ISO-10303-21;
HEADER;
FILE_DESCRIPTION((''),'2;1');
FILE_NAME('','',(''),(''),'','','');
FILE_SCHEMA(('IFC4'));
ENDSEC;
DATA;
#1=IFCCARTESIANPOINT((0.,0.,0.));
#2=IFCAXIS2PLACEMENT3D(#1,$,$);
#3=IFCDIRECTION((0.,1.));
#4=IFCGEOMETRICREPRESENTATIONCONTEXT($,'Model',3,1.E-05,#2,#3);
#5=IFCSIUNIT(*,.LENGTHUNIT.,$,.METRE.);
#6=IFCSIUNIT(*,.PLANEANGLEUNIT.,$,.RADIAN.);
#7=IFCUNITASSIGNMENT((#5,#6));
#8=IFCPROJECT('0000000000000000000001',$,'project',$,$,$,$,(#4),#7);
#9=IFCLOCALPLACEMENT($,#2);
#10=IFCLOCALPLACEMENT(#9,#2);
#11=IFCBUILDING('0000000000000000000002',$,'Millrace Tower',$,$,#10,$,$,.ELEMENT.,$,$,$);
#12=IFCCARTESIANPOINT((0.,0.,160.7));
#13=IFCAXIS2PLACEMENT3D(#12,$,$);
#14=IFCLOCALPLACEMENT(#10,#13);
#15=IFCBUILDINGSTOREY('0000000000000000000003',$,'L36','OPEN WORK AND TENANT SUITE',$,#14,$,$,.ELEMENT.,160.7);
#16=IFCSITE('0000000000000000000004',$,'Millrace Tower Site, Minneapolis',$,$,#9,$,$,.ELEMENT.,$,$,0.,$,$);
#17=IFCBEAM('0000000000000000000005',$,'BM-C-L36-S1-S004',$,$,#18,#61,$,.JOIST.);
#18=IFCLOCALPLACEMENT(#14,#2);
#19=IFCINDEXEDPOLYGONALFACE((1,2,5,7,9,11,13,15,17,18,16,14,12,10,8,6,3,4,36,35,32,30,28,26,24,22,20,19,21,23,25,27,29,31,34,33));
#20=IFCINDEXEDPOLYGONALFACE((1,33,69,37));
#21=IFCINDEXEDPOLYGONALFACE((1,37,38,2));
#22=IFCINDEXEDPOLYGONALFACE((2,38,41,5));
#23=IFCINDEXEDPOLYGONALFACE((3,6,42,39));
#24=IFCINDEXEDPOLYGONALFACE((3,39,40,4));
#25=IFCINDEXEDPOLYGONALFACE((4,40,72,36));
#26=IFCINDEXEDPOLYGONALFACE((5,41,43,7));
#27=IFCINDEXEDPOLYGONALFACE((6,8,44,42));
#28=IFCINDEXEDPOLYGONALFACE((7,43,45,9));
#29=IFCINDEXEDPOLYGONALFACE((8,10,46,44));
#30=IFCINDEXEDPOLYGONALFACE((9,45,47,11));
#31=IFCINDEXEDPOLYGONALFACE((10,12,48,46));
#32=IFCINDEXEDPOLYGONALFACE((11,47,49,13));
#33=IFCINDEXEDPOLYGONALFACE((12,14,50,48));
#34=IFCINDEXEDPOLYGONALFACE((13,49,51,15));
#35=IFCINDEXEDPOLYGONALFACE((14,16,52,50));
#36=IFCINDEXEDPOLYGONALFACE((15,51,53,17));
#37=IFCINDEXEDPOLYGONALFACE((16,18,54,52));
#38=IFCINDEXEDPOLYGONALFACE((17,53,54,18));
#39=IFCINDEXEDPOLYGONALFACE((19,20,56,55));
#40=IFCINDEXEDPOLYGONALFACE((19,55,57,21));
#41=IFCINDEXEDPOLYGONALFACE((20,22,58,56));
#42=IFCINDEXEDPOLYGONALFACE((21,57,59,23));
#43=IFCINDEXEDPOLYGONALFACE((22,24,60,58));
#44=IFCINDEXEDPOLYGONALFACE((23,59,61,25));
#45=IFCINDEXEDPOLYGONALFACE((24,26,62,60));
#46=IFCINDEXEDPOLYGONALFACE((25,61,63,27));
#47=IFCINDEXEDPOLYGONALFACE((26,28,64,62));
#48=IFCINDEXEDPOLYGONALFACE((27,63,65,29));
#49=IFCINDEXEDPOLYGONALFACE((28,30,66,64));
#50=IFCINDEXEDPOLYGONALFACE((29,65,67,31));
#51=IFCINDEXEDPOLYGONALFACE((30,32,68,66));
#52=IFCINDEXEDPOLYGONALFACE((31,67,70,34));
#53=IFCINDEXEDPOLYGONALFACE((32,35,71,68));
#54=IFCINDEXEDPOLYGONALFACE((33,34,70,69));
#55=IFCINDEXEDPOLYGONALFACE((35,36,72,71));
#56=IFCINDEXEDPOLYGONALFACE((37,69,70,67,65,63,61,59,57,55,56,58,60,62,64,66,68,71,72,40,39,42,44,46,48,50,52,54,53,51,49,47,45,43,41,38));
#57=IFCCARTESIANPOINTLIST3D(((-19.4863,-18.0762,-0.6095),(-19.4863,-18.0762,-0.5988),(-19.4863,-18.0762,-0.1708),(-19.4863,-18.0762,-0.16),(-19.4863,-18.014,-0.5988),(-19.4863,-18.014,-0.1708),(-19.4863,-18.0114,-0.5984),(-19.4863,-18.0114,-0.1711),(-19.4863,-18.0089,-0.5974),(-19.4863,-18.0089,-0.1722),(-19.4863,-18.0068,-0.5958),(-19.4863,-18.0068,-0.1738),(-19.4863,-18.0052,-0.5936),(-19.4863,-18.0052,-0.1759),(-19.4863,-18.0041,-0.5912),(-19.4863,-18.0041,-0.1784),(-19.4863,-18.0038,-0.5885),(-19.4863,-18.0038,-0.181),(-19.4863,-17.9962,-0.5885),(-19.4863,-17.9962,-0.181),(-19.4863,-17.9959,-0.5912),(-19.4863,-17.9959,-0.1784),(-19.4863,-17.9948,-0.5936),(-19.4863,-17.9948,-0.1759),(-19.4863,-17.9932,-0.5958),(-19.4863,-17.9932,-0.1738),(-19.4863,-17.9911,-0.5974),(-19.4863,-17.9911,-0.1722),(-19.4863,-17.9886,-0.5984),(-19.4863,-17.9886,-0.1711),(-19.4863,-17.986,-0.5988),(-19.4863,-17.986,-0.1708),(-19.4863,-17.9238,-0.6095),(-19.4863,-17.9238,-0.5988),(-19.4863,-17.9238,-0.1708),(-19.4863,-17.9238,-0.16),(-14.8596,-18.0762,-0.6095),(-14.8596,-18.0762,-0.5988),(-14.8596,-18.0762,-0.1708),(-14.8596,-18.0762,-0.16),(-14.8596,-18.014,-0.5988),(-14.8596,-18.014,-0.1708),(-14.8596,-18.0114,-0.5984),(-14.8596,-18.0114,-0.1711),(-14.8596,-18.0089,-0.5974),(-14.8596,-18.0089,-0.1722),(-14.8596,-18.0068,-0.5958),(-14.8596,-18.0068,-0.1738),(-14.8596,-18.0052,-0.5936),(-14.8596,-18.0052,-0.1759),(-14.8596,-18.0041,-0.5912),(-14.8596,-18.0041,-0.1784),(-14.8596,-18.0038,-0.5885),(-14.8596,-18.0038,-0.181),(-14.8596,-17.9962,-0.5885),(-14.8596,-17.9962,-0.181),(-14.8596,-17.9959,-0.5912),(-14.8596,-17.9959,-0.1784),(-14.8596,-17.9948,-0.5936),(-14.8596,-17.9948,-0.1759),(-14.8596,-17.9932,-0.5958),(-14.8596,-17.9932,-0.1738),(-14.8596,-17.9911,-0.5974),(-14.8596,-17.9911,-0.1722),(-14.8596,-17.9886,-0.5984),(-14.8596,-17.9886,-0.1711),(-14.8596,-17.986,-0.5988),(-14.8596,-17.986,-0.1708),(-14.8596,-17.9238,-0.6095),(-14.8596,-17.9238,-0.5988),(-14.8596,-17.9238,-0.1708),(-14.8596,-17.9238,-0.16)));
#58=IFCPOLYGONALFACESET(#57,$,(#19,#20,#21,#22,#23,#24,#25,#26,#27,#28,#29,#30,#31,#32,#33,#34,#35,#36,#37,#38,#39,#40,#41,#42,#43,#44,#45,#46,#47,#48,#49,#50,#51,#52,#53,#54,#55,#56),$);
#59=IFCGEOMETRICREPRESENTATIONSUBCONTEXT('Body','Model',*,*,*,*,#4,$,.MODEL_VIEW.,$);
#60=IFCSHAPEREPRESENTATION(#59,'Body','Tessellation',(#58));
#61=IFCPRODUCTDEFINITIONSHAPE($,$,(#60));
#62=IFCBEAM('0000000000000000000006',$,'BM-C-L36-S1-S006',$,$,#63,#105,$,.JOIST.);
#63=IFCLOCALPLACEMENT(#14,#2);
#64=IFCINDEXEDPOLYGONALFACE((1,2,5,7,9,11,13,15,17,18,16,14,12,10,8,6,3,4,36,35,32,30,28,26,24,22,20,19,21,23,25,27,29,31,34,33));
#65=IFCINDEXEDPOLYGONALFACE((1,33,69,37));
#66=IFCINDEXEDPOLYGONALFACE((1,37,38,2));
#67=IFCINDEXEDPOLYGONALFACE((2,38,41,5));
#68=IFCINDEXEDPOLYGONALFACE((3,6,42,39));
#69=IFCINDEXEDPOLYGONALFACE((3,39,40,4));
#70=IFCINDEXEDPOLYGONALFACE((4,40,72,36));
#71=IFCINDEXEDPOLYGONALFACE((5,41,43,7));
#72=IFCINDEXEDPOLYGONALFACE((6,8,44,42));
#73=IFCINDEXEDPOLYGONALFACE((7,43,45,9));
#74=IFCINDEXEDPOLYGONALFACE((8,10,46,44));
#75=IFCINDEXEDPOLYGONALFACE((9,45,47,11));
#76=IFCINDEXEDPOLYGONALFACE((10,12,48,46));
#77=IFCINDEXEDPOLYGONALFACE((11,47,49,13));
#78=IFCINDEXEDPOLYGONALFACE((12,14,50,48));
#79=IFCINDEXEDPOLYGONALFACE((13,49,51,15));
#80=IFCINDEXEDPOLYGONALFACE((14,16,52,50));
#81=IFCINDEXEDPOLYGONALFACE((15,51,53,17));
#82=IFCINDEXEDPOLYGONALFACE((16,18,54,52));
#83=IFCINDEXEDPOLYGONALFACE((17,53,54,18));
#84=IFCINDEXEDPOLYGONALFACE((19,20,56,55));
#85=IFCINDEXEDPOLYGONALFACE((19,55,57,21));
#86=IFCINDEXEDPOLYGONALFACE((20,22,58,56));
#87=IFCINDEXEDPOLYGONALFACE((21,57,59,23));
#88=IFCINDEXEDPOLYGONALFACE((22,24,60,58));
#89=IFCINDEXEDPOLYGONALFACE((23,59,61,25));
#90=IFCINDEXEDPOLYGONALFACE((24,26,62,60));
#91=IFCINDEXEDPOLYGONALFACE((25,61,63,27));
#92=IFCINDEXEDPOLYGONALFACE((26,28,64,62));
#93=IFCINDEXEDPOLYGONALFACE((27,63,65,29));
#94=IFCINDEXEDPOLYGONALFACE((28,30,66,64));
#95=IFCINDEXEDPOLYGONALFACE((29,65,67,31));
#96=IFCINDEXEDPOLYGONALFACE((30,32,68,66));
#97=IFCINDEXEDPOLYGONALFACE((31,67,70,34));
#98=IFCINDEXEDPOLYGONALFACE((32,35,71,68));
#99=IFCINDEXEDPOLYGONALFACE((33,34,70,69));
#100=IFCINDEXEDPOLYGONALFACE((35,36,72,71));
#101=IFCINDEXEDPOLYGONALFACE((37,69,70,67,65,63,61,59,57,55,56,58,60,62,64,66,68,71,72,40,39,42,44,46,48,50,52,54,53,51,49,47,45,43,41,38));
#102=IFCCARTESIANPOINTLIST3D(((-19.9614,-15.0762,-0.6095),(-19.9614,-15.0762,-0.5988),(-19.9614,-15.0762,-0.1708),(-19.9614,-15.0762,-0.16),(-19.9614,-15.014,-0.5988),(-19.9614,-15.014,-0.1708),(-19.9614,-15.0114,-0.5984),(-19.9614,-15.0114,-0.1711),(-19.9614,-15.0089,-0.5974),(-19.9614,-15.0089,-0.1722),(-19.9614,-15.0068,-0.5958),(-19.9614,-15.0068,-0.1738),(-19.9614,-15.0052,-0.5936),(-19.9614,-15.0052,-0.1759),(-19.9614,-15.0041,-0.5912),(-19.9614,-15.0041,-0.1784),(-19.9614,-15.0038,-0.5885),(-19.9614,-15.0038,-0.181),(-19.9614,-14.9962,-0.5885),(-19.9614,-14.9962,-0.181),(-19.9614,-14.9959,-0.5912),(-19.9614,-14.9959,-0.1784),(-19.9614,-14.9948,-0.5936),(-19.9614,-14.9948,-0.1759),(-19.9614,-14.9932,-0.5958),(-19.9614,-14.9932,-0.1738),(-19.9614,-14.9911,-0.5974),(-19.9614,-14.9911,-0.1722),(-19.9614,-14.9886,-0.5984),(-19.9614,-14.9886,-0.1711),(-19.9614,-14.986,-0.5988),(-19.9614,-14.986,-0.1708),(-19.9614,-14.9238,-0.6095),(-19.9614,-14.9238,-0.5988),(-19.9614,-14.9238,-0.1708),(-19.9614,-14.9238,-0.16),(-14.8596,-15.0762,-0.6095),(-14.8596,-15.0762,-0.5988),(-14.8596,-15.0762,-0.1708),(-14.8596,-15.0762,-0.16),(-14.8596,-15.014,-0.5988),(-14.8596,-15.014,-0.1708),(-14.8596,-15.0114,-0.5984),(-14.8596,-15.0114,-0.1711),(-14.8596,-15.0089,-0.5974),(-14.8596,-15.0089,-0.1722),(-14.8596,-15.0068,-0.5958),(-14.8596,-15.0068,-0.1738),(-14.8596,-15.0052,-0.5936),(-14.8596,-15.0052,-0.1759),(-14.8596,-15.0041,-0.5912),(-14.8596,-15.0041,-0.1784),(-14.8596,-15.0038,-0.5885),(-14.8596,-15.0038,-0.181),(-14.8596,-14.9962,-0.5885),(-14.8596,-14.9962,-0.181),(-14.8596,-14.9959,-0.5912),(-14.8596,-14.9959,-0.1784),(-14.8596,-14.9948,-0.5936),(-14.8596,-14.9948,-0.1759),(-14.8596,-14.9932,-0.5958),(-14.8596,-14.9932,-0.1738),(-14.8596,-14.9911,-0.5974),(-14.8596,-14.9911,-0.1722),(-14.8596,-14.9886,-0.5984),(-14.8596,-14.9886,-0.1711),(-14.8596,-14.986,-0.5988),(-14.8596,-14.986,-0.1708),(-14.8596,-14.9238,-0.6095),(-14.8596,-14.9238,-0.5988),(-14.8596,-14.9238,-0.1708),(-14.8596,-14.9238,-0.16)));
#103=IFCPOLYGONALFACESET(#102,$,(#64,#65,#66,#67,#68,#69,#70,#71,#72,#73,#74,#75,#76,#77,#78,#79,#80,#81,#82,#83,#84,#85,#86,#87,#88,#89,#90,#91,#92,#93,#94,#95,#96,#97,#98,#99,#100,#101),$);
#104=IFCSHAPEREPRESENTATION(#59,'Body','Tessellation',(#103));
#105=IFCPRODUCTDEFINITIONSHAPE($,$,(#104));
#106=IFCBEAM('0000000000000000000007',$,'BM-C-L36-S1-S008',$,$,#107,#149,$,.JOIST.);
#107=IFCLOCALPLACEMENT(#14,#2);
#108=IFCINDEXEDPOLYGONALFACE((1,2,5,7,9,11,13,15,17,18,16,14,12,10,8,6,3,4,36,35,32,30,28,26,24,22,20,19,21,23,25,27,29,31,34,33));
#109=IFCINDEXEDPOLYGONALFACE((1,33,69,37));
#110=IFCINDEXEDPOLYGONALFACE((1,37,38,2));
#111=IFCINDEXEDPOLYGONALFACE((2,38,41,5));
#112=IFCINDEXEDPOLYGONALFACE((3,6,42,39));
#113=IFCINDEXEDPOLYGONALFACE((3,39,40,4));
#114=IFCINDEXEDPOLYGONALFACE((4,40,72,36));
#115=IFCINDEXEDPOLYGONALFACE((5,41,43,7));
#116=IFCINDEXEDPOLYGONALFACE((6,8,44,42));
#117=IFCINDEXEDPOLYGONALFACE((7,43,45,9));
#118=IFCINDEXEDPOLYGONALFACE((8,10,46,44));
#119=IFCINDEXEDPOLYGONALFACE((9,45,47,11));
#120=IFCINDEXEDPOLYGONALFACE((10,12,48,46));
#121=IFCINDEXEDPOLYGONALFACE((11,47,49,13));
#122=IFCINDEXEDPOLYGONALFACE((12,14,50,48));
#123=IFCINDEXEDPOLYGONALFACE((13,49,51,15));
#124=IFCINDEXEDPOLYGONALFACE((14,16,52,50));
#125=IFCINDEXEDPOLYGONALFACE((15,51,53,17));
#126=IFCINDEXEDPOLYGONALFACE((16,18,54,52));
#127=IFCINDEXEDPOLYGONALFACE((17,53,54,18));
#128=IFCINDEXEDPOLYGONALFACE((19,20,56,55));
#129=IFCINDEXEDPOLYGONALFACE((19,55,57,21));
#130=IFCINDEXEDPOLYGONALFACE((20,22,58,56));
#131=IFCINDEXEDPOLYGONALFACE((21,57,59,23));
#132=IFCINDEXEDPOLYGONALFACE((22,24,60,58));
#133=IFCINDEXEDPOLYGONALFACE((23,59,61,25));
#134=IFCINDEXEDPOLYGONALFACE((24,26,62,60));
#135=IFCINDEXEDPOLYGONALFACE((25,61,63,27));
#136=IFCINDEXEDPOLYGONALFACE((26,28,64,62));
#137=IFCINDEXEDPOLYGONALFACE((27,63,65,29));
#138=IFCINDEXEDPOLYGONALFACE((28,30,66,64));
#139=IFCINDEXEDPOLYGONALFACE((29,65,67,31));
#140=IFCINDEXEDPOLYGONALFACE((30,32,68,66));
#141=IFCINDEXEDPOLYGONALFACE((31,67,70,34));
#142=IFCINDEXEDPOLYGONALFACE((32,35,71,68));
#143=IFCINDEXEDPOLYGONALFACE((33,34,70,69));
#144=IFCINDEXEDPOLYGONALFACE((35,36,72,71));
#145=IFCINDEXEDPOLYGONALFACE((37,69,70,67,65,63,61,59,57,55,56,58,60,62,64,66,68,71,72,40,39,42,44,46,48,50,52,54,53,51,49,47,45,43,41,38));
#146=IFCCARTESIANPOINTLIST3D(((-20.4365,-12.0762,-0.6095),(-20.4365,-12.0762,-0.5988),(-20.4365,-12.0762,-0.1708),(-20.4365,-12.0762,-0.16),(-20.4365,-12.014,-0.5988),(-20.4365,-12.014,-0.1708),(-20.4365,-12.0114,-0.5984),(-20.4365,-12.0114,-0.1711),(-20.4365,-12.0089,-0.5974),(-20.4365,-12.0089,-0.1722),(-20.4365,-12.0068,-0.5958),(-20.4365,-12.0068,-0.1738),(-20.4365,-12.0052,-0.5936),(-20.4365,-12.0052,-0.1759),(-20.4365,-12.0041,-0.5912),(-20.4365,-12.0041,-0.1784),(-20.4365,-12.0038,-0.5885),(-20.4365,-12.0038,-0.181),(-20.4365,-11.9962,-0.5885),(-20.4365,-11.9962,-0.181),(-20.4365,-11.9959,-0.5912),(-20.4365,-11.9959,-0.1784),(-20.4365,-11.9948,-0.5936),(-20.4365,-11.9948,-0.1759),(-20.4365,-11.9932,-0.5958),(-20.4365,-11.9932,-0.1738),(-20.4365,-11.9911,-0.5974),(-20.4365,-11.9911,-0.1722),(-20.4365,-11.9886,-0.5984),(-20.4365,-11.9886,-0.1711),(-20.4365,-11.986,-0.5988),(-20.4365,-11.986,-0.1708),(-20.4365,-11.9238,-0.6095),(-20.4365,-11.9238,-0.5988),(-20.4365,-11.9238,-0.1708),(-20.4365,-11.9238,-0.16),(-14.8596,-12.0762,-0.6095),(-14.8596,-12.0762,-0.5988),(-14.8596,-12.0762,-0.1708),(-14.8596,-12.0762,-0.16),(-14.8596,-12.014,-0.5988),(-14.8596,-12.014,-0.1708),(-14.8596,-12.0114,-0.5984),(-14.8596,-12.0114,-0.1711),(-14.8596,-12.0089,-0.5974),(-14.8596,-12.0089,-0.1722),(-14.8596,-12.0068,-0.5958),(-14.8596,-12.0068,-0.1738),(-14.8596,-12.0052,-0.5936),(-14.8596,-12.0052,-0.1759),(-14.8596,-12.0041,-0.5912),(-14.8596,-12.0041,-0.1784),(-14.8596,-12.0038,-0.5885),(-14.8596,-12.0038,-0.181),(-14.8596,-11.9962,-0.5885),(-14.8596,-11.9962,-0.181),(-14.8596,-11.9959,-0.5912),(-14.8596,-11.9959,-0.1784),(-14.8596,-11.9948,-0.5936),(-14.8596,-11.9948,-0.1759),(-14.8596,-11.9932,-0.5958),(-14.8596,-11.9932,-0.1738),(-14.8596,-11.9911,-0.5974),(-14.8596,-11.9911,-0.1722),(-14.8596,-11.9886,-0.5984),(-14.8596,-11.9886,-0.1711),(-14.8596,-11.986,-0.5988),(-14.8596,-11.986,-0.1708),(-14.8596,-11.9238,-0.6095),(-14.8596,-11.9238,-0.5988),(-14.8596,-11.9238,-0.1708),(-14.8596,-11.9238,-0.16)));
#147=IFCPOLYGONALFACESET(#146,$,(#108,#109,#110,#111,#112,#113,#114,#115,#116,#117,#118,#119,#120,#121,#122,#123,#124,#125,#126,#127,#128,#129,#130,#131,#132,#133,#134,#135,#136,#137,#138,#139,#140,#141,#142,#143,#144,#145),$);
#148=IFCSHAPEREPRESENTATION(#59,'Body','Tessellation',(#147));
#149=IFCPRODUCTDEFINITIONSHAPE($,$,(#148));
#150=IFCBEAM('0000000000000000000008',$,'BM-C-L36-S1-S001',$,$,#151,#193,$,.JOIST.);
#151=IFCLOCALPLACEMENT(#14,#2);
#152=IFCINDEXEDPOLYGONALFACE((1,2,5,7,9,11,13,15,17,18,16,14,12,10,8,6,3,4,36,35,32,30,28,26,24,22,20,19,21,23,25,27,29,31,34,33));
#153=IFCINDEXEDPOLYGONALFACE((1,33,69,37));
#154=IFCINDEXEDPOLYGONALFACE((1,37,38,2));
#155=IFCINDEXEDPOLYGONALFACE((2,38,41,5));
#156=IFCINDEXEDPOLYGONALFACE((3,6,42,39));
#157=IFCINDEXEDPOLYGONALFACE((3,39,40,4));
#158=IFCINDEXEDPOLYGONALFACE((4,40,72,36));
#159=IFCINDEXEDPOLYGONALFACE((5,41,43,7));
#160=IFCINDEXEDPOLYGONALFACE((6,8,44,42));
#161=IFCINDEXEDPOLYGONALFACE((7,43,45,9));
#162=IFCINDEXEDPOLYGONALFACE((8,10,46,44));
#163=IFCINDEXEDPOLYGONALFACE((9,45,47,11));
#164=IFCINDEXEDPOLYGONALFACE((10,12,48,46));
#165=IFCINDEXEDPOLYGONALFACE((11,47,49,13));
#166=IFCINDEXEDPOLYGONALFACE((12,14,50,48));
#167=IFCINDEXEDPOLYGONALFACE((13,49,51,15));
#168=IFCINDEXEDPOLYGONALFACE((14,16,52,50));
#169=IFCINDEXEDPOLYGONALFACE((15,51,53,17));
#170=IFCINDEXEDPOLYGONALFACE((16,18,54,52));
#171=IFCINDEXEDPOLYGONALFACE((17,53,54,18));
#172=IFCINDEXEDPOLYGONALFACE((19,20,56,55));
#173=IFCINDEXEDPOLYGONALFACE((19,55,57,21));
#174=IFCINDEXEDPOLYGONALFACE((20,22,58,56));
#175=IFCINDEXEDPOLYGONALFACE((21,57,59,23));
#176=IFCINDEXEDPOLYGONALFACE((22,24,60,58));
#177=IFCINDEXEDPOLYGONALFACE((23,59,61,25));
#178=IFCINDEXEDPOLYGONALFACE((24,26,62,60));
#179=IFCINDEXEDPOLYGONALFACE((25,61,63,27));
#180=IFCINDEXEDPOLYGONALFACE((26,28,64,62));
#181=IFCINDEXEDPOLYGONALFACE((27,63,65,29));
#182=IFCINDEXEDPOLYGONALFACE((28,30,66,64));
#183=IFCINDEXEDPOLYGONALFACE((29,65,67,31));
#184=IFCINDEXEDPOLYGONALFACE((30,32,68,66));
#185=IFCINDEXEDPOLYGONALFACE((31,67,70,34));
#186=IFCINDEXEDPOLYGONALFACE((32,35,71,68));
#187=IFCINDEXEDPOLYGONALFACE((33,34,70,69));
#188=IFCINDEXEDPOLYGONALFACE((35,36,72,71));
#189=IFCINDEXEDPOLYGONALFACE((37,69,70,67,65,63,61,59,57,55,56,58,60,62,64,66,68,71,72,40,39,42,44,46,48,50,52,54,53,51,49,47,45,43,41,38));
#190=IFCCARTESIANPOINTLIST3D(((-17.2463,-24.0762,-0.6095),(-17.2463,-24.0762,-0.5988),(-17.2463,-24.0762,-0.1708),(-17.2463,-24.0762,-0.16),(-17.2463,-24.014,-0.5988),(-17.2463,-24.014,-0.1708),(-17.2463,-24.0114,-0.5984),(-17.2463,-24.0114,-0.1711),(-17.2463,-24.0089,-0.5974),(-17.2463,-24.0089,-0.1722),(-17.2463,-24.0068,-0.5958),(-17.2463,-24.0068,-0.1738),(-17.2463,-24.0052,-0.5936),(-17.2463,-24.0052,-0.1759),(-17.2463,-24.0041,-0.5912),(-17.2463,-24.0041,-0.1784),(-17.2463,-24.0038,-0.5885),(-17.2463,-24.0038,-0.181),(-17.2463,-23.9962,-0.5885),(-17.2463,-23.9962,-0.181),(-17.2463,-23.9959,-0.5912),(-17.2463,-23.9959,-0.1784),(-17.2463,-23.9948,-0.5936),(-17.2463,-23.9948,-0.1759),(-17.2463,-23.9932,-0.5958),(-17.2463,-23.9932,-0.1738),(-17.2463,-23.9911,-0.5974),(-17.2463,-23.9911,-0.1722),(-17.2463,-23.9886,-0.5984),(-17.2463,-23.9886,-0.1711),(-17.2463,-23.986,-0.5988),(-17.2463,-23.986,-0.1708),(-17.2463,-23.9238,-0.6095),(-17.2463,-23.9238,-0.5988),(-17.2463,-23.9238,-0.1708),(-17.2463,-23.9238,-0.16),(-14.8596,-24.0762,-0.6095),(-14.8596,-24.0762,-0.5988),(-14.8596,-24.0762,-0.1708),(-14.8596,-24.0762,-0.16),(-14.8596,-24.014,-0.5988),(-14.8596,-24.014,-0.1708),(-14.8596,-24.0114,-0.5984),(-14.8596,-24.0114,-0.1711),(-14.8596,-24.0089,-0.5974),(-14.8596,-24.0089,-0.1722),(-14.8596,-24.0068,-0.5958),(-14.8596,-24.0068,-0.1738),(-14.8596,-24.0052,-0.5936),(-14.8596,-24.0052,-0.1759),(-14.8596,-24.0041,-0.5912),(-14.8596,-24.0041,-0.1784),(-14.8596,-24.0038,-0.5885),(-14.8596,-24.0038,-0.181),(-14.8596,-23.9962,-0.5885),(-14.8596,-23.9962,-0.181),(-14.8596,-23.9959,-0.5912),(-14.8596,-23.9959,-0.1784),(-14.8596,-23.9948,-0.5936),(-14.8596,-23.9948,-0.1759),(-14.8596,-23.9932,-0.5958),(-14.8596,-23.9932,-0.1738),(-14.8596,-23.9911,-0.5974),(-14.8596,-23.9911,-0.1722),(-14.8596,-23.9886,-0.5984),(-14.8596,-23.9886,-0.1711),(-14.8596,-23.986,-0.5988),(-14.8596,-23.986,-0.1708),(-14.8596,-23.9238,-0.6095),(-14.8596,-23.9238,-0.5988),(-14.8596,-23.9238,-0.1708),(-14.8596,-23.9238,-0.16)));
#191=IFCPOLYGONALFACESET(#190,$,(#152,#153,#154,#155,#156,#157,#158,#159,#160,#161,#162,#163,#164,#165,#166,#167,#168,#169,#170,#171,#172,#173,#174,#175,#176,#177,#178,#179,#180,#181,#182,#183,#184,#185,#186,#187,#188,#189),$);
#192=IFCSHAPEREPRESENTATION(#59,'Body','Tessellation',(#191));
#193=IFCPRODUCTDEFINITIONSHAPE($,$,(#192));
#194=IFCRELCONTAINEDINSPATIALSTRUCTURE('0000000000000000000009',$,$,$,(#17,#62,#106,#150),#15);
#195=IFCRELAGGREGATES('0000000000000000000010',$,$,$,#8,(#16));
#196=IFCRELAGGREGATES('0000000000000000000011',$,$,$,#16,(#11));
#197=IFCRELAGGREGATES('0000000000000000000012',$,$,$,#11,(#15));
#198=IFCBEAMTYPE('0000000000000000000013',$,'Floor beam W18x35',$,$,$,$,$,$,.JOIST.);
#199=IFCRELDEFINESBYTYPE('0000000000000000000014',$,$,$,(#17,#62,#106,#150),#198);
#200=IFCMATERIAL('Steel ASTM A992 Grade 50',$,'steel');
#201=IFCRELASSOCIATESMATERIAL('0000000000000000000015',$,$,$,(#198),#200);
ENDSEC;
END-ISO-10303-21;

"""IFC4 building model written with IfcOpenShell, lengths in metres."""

from ifc_helpers import new_model, si_unit, direction, frame, origin, origin_2d, place, context, subcontext, project, spatial, i_section, extrude, material, material_profile, profile_set, type_object, element, save


model = new_model("IFC4")

# Units and contexts
model_context = context("Model", 3, precision=1e-05, world=origin(), true_north=direction((0.0, 1.0)))
body_context = subcontext(model_context, "Body", "Model", "MODEL_VIEW")
ifc_project = project(units=[si_unit("LENGTHUNIT", "METRE"), si_unit("PLANEANGLEUNIT", "RADIAN")], contexts=[model_context])

# Site, building, storey
site_placement = place(None, origin())
site = spatial("IfcSite", under=ifc_project, at=site_placement, Name="Millrace Tower Site, Minneapolis", CompositionType="ELEMENT", RefElevation=0.0)
building_placement = place(site_placement, origin())
building = spatial("IfcBuilding", under=site, at=building_placement, Name="Millrace Tower", CompositionType="ELEMENT")
storey_placement = place(building_placement, frame((0.0, 0.0, 160.7)))
storey = spatial("IfcBuildingStorey", under=building, at=storey_placement, Name="L36", Description="OPEN WORK AND TENANT SUITE", CompositionType="ELEMENT", Elevation=160.7)

# Beams
ifc_material_1 = material(Name="Steel ASTM A992 Grade 50", Category="steel")
ifc_material_profile_1 = material_profile(ifc_material_1, i_section(OverallWidth=0.1523, OverallDepth=0.4495, WebThickness=0.0076, FlangeThickness=0.0107, FilletRadius=0.0103, at=origin_2d()))
ifc_profile_set_1 = profile_set([ifc_material_profile_1], Name="Steel ASTM A992 Grade 50")
beam_type_1 = type_object("IfcBeamType", Name="Floor beam W18x35", PredefinedType="JOIST", material=ifc_profile_set_1)
beam_1_placement = place(storey_placement, frame((-19.4863, -18.0, -0.3848), z_axis=(1.0, 0.0, 0.0), x_axis=(0.0, 1.0, 0.0)))
element("IfcBeam", 1, at=beam_1_placement, inside=storey, type_object=beam_type_1, Name="BM-C-L36-S1-S004", PredefinedType="JOIST", context=body_context, shape_type="SweptSolid", body=[
    extrude(i_section(OverallWidth=0.1523, OverallDepth=0.4495, WebThickness=0.0076, FlangeThickness=0.0107, FilletRadius=0.0103, at=origin_2d()), origin(), (0.0, 0.0, 1.0), 4.6267),
])
beam_2_placement = place(storey_placement, frame((-19.9614, -15.0, -0.3848), z_axis=(1.0, 0.0, 0.0), x_axis=(0.0, 1.0, 0.0)))
element("IfcBeam", 2, at=beam_2_placement, inside=storey, type_object=beam_type_1, Name="BM-C-L36-S1-S006", PredefinedType="JOIST", context=body_context, shape_type="SweptSolid", body=[
    extrude(i_section(OverallWidth=0.1523, OverallDepth=0.4495, WebThickness=0.0076, FlangeThickness=0.0107, FilletRadius=0.0103, at=origin_2d()), origin(), (0.0, 0.0, 1.0), 5.1018),
])
beam_3_placement = place(storey_placement, frame((-20.4365, -12.0, -0.3848), z_axis=(1.0, 0.0, 0.0), x_axis=(0.0, 1.0, 0.0)))
element("IfcBeam", 3, at=beam_3_placement, inside=storey, type_object=beam_type_1, Name="BM-C-L36-S1-S008", PredefinedType="JOIST", context=body_context, shape_type="SweptSolid", body=[
    extrude(i_section(OverallWidth=0.1523, OverallDepth=0.4495, WebThickness=0.0076, FlangeThickness=0.0107, FilletRadius=0.0103, at=origin_2d()), origin(), (0.0, 0.0, 1.0), 5.5769),
])
beam_4_placement = place(storey_placement, frame((-17.2463, -24.0, -0.3848), z_axis=(1.0, 0.0, 0.0), x_axis=(0.0, 1.0, 0.0)))
element("IfcBeam", 4, at=beam_4_placement, inside=storey, type_object=beam_type_1, Name="BM-C-L36-S1-S001", PredefinedType="JOIST", context=body_context, shape_type="SweptSolid", body=[
    extrude(i_section(OverallWidth=0.1523, OverallDepth=0.4495, WebThickness=0.0076, FlangeThickness=0.0107, FilletRadius=0.0103, at=origin_2d()), origin(), (0.0, 0.0, 1.0), 2.3867),
])

save(model, "model.ifc")
